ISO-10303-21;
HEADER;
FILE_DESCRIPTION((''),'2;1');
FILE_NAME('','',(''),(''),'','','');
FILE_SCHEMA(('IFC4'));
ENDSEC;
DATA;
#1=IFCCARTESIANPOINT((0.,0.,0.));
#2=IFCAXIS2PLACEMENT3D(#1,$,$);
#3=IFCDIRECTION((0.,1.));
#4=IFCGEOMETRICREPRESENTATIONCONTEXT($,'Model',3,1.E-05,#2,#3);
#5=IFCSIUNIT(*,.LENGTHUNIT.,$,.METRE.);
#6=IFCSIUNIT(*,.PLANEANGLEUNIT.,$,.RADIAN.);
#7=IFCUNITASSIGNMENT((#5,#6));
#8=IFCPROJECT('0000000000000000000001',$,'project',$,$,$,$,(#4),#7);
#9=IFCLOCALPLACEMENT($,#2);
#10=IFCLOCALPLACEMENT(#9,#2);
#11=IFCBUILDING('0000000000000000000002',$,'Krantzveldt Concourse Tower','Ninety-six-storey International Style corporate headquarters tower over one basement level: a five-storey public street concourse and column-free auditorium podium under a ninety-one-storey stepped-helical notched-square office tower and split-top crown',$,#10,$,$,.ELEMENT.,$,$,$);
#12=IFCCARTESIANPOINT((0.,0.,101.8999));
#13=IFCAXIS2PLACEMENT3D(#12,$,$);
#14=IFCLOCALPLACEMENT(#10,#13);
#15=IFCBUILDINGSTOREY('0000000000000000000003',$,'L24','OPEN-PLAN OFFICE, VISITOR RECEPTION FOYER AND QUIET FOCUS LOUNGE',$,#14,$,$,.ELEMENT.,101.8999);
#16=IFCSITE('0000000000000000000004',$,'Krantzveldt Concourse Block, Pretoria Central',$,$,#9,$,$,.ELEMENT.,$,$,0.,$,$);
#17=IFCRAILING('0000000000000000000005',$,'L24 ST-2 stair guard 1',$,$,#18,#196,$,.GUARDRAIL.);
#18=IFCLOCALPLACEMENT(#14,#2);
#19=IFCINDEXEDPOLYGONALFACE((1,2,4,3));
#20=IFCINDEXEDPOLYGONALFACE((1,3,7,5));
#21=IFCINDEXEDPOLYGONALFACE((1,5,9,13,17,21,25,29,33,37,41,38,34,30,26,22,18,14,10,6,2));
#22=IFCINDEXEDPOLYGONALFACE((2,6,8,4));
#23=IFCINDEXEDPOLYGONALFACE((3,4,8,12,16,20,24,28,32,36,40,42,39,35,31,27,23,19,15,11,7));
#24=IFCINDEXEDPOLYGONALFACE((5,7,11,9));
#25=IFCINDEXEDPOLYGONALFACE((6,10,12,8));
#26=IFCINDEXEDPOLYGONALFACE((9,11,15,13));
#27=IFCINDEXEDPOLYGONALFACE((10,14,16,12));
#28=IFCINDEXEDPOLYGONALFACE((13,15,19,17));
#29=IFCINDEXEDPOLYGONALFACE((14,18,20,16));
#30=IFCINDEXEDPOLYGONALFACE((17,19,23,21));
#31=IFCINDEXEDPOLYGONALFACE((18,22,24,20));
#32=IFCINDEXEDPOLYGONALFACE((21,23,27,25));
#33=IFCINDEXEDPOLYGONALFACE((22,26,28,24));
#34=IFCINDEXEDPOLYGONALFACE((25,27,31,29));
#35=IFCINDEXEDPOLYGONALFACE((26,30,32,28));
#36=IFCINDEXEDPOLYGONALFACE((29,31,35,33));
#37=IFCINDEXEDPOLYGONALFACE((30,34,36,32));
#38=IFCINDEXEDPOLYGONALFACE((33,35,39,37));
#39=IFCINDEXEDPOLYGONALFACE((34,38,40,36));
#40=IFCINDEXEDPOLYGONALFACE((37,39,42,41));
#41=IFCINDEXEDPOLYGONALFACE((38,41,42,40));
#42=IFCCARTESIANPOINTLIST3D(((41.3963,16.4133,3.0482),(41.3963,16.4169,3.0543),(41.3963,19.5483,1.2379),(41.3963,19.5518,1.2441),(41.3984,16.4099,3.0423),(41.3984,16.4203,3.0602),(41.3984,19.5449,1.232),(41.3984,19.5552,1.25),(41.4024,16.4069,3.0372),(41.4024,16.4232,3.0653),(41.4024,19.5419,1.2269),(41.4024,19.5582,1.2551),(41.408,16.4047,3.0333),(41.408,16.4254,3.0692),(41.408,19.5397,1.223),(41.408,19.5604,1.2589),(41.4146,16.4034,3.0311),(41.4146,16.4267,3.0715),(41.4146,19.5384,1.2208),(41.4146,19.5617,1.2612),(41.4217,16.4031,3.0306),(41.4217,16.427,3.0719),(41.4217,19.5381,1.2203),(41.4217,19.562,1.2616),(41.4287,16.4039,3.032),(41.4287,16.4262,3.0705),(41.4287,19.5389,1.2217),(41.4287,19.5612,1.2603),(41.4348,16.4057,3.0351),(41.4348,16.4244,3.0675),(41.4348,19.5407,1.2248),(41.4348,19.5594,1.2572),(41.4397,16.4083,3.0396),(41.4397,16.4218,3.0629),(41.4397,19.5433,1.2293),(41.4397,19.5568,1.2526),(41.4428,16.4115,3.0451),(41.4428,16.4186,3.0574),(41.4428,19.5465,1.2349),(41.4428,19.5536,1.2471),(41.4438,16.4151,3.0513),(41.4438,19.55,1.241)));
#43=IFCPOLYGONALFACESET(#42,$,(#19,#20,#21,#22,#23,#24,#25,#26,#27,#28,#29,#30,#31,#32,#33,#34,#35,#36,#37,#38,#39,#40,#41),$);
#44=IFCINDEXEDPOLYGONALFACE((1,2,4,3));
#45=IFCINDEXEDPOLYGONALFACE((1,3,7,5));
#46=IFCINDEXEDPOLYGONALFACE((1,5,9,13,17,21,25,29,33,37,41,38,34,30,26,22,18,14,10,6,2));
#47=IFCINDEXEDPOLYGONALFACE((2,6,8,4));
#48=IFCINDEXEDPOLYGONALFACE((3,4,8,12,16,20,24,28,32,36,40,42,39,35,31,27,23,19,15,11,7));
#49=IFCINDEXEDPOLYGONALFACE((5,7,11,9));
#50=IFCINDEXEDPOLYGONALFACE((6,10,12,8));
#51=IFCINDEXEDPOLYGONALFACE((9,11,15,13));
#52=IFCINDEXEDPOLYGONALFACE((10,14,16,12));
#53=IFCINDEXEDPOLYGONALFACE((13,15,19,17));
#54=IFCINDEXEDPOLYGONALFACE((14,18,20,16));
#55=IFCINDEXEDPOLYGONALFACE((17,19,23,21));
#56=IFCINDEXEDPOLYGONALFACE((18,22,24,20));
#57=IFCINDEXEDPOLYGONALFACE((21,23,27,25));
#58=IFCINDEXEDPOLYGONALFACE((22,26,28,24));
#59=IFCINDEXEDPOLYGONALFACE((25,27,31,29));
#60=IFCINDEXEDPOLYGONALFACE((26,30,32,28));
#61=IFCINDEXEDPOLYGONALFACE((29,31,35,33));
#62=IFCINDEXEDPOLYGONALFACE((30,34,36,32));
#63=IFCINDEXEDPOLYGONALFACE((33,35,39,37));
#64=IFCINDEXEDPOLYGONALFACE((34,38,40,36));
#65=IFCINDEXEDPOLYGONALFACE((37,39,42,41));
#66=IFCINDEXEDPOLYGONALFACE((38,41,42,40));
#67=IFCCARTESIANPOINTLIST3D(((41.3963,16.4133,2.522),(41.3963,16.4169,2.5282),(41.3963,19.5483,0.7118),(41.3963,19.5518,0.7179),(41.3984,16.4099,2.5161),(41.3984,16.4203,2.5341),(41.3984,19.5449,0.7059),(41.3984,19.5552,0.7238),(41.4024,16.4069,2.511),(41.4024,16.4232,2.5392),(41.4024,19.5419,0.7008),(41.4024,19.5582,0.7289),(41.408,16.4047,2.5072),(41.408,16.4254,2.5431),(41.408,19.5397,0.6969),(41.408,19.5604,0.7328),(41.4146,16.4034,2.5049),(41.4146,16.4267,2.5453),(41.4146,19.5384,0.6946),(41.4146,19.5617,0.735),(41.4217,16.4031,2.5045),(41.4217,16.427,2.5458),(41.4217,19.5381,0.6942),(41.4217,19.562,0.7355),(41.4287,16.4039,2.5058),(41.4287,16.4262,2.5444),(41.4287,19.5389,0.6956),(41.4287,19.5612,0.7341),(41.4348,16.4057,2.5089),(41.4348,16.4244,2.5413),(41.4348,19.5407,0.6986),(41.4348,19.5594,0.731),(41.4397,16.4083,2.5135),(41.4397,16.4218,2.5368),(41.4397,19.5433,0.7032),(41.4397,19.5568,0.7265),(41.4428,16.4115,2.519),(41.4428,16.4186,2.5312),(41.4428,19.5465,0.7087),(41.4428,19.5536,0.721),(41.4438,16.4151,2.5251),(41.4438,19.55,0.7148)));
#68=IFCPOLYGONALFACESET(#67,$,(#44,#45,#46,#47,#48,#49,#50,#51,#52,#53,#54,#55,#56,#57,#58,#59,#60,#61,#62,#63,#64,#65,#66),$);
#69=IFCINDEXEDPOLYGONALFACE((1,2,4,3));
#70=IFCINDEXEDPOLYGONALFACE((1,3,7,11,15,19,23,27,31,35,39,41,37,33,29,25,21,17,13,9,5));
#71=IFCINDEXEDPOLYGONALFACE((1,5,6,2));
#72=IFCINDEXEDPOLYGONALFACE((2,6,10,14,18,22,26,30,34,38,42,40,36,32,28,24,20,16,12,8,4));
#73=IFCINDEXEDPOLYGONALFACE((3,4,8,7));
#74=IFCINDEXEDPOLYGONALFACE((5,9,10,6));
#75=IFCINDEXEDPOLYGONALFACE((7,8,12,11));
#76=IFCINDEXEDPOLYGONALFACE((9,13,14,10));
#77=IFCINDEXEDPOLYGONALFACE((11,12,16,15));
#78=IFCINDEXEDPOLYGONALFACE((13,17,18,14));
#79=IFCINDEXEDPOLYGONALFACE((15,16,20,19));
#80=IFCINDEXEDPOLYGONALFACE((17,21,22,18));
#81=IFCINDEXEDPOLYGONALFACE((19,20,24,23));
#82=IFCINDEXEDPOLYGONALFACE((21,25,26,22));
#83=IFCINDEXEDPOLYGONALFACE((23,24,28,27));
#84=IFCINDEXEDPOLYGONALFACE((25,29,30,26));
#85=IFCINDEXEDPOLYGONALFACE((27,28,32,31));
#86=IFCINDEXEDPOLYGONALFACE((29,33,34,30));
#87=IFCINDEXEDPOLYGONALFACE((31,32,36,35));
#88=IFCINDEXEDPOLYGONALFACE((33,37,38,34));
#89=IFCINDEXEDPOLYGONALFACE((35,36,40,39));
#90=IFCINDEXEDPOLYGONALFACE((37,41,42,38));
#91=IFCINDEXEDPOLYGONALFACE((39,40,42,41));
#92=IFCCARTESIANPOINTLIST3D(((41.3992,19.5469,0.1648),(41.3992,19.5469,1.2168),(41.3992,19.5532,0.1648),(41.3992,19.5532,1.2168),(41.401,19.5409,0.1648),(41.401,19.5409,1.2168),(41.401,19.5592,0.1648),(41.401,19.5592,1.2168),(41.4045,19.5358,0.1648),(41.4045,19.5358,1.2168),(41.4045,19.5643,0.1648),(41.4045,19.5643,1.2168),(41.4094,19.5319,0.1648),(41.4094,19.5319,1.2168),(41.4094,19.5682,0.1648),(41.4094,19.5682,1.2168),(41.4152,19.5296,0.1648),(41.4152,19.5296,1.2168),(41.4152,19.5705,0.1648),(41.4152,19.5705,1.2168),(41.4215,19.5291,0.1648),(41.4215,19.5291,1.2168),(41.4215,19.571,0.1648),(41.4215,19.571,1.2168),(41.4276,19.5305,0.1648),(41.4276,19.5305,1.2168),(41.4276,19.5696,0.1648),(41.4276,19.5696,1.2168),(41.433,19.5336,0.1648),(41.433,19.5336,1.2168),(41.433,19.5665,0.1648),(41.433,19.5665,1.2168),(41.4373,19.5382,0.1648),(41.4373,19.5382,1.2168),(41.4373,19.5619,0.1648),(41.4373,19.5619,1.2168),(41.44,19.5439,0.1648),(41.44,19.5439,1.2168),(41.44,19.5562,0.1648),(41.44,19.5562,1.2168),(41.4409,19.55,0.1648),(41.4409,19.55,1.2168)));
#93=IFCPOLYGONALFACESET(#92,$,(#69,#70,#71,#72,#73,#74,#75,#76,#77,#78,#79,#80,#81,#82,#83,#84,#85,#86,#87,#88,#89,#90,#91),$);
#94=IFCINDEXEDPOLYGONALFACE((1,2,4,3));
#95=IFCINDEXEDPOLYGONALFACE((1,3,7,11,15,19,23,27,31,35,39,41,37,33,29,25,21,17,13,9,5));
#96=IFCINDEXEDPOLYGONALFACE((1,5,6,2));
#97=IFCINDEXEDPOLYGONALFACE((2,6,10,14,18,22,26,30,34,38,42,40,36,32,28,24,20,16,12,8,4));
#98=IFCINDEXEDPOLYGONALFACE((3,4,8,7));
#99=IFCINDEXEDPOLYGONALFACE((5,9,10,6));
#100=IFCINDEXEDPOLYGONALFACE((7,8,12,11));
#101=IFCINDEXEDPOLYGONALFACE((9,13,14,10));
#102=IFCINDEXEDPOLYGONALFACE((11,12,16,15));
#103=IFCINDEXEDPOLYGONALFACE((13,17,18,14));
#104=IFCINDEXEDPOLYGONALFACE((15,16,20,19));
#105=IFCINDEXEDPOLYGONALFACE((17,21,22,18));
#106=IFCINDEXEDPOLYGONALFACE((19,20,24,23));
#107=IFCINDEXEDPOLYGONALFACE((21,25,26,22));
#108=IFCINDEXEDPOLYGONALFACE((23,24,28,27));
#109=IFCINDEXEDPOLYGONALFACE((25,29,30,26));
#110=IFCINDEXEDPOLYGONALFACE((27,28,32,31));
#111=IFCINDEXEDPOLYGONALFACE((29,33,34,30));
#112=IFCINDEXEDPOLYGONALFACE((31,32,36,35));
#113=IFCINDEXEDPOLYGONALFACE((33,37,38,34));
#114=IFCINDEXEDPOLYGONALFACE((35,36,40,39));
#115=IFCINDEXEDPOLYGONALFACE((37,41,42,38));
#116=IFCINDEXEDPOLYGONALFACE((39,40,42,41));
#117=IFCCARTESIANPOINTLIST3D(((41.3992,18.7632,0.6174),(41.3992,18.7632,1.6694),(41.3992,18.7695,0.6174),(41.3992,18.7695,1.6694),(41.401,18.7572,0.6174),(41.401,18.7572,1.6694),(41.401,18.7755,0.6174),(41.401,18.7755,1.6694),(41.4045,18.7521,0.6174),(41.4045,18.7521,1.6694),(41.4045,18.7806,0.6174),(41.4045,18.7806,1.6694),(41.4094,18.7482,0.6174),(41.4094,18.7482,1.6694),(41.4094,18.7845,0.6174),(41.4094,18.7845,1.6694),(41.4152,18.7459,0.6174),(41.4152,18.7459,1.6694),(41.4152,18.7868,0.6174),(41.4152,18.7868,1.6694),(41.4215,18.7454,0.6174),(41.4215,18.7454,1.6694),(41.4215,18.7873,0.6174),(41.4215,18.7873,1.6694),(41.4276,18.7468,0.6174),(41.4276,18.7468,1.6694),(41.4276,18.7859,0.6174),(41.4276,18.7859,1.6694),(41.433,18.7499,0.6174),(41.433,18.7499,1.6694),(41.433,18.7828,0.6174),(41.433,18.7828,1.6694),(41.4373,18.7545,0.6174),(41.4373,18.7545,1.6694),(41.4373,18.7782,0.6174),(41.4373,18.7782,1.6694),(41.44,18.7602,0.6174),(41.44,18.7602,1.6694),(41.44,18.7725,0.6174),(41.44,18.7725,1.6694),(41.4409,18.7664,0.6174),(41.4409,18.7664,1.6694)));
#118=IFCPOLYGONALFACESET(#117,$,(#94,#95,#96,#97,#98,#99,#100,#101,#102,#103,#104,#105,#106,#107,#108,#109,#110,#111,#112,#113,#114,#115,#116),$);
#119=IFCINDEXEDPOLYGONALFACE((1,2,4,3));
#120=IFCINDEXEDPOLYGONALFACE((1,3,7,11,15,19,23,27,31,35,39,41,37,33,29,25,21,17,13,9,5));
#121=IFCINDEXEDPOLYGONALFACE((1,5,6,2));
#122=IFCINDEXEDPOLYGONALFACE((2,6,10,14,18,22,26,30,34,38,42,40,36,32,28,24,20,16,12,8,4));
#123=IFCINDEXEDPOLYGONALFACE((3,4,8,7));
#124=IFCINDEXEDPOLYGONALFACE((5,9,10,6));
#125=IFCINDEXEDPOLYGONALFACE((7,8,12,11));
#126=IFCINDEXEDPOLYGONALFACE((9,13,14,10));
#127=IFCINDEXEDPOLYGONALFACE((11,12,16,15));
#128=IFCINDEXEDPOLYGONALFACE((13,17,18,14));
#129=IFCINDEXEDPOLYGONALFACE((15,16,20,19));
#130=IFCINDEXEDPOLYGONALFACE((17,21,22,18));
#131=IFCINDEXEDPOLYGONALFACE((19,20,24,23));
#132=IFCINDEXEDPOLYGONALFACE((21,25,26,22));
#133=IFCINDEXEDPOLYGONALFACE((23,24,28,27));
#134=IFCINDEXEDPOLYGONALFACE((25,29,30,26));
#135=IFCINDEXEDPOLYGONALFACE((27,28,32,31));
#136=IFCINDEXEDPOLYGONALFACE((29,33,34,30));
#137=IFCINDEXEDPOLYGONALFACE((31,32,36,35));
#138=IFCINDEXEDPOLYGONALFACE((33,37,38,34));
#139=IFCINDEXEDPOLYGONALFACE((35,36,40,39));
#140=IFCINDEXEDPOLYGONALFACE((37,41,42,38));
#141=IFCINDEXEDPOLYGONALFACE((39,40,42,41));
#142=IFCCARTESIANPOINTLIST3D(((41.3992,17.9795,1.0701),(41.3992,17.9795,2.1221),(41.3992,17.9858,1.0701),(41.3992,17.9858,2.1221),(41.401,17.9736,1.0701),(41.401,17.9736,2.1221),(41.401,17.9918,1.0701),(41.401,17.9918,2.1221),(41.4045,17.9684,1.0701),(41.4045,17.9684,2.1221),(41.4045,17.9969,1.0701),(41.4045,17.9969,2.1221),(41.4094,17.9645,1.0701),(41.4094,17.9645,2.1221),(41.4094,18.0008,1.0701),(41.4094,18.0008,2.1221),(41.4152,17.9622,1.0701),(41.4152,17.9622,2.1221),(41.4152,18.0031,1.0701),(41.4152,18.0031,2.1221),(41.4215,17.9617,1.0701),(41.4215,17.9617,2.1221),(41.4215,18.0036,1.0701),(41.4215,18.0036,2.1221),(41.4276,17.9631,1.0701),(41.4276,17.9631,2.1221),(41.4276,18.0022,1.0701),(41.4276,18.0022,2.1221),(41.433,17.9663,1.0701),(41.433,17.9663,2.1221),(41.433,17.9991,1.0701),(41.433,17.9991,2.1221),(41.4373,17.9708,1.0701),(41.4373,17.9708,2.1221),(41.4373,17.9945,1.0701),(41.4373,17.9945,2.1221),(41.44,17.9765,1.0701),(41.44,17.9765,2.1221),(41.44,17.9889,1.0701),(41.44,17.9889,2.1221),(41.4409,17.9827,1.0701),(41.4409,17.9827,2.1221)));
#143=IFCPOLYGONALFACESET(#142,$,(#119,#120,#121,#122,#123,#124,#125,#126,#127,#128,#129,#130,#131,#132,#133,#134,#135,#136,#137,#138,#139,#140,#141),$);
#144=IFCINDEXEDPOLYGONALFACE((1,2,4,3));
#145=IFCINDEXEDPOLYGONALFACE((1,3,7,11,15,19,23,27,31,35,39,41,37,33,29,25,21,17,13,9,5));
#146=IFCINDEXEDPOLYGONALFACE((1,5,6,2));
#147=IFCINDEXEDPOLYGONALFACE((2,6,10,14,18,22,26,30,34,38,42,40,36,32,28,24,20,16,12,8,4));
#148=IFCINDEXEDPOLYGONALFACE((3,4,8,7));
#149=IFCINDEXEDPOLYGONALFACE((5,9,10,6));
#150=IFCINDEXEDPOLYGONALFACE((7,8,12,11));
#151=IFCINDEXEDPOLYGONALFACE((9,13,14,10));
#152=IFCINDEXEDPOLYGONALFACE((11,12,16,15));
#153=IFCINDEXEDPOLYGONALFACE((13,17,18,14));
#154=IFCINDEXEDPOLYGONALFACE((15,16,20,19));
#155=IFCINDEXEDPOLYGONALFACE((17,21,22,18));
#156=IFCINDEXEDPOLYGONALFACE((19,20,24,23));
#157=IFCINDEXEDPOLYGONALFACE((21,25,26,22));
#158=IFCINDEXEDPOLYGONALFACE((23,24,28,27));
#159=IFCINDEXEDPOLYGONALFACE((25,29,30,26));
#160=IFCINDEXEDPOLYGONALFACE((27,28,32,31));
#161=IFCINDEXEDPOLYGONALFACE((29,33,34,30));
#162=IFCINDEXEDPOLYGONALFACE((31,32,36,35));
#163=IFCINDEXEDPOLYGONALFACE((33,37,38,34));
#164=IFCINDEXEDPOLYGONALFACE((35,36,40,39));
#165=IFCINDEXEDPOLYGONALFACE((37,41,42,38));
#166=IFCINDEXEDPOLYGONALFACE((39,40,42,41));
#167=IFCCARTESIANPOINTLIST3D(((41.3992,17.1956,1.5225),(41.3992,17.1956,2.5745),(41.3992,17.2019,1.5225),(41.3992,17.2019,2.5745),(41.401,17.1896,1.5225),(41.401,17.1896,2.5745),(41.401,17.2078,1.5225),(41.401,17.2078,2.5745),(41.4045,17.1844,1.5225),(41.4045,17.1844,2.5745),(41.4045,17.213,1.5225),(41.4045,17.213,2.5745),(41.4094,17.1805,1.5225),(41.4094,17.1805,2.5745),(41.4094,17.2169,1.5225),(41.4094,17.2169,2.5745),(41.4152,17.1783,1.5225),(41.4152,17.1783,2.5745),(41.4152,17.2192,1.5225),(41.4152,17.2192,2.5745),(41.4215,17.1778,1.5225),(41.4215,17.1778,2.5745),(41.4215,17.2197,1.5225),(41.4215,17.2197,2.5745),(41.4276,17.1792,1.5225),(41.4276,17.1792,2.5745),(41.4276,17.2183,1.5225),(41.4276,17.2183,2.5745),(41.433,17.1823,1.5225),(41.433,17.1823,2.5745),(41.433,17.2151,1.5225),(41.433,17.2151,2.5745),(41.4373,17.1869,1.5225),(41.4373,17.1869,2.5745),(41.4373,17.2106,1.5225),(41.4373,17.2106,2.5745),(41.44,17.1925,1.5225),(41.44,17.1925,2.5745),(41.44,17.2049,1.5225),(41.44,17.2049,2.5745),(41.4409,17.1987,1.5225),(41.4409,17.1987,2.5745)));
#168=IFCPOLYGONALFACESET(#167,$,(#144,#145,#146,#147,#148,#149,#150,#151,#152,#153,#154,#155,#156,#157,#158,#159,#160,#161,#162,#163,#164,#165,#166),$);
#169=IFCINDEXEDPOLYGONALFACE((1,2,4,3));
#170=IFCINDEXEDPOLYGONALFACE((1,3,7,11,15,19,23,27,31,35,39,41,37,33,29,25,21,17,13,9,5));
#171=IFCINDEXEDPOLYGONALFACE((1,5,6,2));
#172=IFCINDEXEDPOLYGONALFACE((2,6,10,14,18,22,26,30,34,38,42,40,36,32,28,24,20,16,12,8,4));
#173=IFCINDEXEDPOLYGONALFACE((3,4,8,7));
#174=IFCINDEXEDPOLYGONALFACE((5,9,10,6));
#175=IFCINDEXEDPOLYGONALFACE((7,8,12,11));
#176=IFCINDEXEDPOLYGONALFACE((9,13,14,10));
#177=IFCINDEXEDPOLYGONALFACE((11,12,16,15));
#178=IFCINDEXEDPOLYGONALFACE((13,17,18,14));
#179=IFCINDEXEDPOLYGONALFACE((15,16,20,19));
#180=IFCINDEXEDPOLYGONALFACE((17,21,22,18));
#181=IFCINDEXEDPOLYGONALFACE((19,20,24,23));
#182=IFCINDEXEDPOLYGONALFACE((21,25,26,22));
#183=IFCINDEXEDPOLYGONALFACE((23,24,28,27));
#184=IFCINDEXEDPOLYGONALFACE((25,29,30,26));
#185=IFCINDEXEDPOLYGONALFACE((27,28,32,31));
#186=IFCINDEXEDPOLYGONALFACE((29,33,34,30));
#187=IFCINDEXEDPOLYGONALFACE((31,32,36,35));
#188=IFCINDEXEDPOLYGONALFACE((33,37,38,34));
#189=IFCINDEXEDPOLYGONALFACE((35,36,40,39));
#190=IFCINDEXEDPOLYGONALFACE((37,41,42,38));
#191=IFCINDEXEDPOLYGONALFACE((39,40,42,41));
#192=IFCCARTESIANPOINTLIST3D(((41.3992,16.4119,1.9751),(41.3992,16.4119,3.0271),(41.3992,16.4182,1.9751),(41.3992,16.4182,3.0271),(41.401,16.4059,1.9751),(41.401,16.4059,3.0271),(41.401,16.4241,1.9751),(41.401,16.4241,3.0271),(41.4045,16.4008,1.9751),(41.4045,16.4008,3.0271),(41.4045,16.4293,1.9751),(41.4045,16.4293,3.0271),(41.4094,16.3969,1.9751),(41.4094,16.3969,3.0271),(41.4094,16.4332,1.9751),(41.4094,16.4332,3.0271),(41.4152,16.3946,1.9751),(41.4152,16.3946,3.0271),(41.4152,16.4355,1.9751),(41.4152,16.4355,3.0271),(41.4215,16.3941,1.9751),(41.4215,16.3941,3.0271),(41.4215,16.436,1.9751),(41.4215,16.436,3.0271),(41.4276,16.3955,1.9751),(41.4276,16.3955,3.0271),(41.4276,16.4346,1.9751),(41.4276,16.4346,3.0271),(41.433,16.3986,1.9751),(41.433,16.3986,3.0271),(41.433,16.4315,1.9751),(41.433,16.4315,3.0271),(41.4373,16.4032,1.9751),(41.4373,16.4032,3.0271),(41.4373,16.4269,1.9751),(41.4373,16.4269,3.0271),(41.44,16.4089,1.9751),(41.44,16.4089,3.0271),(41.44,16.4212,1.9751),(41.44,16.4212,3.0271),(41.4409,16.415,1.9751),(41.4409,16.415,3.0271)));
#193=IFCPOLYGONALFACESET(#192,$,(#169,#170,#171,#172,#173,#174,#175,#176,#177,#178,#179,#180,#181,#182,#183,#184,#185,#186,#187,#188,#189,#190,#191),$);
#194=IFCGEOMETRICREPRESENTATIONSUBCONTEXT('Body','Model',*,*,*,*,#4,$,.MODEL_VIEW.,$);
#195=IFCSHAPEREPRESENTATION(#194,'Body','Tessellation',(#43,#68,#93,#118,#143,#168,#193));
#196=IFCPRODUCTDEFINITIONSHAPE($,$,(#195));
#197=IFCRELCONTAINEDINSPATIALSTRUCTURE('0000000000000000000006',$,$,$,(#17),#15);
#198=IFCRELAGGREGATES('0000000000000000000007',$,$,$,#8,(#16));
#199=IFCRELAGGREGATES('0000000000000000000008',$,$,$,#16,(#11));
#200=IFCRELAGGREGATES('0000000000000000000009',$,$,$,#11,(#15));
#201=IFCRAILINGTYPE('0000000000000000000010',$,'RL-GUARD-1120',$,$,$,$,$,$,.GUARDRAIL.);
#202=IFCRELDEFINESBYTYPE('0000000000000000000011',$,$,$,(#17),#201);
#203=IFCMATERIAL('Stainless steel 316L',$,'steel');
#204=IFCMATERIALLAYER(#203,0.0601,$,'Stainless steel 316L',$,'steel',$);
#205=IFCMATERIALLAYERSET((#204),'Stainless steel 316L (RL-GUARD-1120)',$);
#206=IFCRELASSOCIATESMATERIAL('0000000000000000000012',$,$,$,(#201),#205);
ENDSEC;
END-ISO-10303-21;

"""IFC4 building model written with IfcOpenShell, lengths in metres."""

from ifc_helpers import new_model, si_unit, direction, frame, origin, origin_2d, place, context, subcontext, project, spatial, circle, extrude, material, layer, layer_set, type_object, element, save


model = new_model("IFC4")

# Units and contexts
model_context = context("Model", 3, precision=1e-05, world=origin(), true_north=direction((0.0, 1.0)))
body_context = subcontext(model_context, "Body", "Model", "MODEL_VIEW")
ifc_project = project(units=[si_unit("LENGTHUNIT", "METRE"), si_unit("PLANEANGLEUNIT", "RADIAN")], contexts=[model_context])

# Site, building, storey
site_placement = place(None, origin())
site = spatial("IfcSite", under=ifc_project, at=site_placement, Name="Krantzveldt Concourse Block, Pretoria Central", CompositionType="ELEMENT", RefElevation=0.0)
building_placement = place(site_placement, origin())
building = spatial("IfcBuilding", under=site, at=building_placement, Name="Krantzveldt Concourse Tower", Description="Ninety-six-storey International Style corporate headquarters tower over one basement level: a five-storey public street concourse and column-free auditorium podium under a ninety-one-storey stepped-helical notched-square office tower and split-top crown", CompositionType="ELEMENT")
storey_placement = place(building_placement, frame((0.0, 0.0, 101.8999)))
storey = spatial("IfcBuildingStorey", under=building, at=storey_placement, Name="L24", Description="OPEN-PLAN OFFICE, VISITOR RECEPTION FOYER AND QUIET FOCUS LOUNGE", CompositionType="ELEMENT", Elevation=101.8999)

# Shared definitions
ifc_material_1 = material(Name="Stainless steel 316L", Category="steel")

# Railing
ifc_layer_1 = layer(ifc_material_1, 0.0601, Name="Stainless steel 316L", Category="steel")
ifc_layer_set_1 = layer_set([ifc_layer_1], Name="Stainless steel 316L (RL-GUARD-1120)")
railing_type_1 = type_object("IfcRailingType", Name="RL-GUARD-1120", PredefinedType="GUARDRAIL", material=ifc_layer_set_1)
railing_1_placement = place(storey_placement, frame((41.4199, 19.55, 0.1648)))
element("IfcRailing", 1, at=railing_1_placement, inside=storey, type_object=railing_type_1, Name="L24 ST-2 stair guard 1", PredefinedType="GUARDRAIL", context=body_context, shape_type="SweptSolid", body=[
    extrude(circle(Radius=0.0239, at=origin_2d()), frame((0.0, 0.0, 1.0762), z_axis=(0.0, -0.865989, 0.500063), x_axis=(1.0, 0.0, 0.0)), (0.0, 0.0, 1.0), 3.6201),
    extrude(circle(Radius=0.0239, at=origin_2d()), frame((0.0, 0.0, 0.55), z_axis=(0.0, -0.865989, 0.500063), x_axis=(1.0, 0.0, 0.0)), (0.0, 0.0, 1.0), 3.6201),
    extrude(circle(Radius=0.021, at=origin_2d()), origin(), (0.0, 0.0, 1.0), 1.052),
    extrude(circle(Radius=0.021, at=origin_2d()), frame((0.0, -0.7837, 0.4526)), (0.0, 0.0, 1.0), 1.052),
    extrude(circle(Radius=0.021, at=origin_2d()), frame((0.0, -1.5674, 0.9053)), (0.0, 0.0, 1.0), 1.052),
    extrude(circle(Radius=0.021, at=origin_2d()), frame((0.0, -2.3513, 1.3577)), (0.0, 0.0, 1.0), 1.052),
    extrude(circle(Radius=0.021, at=origin_2d()), frame((0.0, -3.135, 1.8103)), (0.0, 0.0, 1.0), 1.052),
])

save(model, "model.ifc")
